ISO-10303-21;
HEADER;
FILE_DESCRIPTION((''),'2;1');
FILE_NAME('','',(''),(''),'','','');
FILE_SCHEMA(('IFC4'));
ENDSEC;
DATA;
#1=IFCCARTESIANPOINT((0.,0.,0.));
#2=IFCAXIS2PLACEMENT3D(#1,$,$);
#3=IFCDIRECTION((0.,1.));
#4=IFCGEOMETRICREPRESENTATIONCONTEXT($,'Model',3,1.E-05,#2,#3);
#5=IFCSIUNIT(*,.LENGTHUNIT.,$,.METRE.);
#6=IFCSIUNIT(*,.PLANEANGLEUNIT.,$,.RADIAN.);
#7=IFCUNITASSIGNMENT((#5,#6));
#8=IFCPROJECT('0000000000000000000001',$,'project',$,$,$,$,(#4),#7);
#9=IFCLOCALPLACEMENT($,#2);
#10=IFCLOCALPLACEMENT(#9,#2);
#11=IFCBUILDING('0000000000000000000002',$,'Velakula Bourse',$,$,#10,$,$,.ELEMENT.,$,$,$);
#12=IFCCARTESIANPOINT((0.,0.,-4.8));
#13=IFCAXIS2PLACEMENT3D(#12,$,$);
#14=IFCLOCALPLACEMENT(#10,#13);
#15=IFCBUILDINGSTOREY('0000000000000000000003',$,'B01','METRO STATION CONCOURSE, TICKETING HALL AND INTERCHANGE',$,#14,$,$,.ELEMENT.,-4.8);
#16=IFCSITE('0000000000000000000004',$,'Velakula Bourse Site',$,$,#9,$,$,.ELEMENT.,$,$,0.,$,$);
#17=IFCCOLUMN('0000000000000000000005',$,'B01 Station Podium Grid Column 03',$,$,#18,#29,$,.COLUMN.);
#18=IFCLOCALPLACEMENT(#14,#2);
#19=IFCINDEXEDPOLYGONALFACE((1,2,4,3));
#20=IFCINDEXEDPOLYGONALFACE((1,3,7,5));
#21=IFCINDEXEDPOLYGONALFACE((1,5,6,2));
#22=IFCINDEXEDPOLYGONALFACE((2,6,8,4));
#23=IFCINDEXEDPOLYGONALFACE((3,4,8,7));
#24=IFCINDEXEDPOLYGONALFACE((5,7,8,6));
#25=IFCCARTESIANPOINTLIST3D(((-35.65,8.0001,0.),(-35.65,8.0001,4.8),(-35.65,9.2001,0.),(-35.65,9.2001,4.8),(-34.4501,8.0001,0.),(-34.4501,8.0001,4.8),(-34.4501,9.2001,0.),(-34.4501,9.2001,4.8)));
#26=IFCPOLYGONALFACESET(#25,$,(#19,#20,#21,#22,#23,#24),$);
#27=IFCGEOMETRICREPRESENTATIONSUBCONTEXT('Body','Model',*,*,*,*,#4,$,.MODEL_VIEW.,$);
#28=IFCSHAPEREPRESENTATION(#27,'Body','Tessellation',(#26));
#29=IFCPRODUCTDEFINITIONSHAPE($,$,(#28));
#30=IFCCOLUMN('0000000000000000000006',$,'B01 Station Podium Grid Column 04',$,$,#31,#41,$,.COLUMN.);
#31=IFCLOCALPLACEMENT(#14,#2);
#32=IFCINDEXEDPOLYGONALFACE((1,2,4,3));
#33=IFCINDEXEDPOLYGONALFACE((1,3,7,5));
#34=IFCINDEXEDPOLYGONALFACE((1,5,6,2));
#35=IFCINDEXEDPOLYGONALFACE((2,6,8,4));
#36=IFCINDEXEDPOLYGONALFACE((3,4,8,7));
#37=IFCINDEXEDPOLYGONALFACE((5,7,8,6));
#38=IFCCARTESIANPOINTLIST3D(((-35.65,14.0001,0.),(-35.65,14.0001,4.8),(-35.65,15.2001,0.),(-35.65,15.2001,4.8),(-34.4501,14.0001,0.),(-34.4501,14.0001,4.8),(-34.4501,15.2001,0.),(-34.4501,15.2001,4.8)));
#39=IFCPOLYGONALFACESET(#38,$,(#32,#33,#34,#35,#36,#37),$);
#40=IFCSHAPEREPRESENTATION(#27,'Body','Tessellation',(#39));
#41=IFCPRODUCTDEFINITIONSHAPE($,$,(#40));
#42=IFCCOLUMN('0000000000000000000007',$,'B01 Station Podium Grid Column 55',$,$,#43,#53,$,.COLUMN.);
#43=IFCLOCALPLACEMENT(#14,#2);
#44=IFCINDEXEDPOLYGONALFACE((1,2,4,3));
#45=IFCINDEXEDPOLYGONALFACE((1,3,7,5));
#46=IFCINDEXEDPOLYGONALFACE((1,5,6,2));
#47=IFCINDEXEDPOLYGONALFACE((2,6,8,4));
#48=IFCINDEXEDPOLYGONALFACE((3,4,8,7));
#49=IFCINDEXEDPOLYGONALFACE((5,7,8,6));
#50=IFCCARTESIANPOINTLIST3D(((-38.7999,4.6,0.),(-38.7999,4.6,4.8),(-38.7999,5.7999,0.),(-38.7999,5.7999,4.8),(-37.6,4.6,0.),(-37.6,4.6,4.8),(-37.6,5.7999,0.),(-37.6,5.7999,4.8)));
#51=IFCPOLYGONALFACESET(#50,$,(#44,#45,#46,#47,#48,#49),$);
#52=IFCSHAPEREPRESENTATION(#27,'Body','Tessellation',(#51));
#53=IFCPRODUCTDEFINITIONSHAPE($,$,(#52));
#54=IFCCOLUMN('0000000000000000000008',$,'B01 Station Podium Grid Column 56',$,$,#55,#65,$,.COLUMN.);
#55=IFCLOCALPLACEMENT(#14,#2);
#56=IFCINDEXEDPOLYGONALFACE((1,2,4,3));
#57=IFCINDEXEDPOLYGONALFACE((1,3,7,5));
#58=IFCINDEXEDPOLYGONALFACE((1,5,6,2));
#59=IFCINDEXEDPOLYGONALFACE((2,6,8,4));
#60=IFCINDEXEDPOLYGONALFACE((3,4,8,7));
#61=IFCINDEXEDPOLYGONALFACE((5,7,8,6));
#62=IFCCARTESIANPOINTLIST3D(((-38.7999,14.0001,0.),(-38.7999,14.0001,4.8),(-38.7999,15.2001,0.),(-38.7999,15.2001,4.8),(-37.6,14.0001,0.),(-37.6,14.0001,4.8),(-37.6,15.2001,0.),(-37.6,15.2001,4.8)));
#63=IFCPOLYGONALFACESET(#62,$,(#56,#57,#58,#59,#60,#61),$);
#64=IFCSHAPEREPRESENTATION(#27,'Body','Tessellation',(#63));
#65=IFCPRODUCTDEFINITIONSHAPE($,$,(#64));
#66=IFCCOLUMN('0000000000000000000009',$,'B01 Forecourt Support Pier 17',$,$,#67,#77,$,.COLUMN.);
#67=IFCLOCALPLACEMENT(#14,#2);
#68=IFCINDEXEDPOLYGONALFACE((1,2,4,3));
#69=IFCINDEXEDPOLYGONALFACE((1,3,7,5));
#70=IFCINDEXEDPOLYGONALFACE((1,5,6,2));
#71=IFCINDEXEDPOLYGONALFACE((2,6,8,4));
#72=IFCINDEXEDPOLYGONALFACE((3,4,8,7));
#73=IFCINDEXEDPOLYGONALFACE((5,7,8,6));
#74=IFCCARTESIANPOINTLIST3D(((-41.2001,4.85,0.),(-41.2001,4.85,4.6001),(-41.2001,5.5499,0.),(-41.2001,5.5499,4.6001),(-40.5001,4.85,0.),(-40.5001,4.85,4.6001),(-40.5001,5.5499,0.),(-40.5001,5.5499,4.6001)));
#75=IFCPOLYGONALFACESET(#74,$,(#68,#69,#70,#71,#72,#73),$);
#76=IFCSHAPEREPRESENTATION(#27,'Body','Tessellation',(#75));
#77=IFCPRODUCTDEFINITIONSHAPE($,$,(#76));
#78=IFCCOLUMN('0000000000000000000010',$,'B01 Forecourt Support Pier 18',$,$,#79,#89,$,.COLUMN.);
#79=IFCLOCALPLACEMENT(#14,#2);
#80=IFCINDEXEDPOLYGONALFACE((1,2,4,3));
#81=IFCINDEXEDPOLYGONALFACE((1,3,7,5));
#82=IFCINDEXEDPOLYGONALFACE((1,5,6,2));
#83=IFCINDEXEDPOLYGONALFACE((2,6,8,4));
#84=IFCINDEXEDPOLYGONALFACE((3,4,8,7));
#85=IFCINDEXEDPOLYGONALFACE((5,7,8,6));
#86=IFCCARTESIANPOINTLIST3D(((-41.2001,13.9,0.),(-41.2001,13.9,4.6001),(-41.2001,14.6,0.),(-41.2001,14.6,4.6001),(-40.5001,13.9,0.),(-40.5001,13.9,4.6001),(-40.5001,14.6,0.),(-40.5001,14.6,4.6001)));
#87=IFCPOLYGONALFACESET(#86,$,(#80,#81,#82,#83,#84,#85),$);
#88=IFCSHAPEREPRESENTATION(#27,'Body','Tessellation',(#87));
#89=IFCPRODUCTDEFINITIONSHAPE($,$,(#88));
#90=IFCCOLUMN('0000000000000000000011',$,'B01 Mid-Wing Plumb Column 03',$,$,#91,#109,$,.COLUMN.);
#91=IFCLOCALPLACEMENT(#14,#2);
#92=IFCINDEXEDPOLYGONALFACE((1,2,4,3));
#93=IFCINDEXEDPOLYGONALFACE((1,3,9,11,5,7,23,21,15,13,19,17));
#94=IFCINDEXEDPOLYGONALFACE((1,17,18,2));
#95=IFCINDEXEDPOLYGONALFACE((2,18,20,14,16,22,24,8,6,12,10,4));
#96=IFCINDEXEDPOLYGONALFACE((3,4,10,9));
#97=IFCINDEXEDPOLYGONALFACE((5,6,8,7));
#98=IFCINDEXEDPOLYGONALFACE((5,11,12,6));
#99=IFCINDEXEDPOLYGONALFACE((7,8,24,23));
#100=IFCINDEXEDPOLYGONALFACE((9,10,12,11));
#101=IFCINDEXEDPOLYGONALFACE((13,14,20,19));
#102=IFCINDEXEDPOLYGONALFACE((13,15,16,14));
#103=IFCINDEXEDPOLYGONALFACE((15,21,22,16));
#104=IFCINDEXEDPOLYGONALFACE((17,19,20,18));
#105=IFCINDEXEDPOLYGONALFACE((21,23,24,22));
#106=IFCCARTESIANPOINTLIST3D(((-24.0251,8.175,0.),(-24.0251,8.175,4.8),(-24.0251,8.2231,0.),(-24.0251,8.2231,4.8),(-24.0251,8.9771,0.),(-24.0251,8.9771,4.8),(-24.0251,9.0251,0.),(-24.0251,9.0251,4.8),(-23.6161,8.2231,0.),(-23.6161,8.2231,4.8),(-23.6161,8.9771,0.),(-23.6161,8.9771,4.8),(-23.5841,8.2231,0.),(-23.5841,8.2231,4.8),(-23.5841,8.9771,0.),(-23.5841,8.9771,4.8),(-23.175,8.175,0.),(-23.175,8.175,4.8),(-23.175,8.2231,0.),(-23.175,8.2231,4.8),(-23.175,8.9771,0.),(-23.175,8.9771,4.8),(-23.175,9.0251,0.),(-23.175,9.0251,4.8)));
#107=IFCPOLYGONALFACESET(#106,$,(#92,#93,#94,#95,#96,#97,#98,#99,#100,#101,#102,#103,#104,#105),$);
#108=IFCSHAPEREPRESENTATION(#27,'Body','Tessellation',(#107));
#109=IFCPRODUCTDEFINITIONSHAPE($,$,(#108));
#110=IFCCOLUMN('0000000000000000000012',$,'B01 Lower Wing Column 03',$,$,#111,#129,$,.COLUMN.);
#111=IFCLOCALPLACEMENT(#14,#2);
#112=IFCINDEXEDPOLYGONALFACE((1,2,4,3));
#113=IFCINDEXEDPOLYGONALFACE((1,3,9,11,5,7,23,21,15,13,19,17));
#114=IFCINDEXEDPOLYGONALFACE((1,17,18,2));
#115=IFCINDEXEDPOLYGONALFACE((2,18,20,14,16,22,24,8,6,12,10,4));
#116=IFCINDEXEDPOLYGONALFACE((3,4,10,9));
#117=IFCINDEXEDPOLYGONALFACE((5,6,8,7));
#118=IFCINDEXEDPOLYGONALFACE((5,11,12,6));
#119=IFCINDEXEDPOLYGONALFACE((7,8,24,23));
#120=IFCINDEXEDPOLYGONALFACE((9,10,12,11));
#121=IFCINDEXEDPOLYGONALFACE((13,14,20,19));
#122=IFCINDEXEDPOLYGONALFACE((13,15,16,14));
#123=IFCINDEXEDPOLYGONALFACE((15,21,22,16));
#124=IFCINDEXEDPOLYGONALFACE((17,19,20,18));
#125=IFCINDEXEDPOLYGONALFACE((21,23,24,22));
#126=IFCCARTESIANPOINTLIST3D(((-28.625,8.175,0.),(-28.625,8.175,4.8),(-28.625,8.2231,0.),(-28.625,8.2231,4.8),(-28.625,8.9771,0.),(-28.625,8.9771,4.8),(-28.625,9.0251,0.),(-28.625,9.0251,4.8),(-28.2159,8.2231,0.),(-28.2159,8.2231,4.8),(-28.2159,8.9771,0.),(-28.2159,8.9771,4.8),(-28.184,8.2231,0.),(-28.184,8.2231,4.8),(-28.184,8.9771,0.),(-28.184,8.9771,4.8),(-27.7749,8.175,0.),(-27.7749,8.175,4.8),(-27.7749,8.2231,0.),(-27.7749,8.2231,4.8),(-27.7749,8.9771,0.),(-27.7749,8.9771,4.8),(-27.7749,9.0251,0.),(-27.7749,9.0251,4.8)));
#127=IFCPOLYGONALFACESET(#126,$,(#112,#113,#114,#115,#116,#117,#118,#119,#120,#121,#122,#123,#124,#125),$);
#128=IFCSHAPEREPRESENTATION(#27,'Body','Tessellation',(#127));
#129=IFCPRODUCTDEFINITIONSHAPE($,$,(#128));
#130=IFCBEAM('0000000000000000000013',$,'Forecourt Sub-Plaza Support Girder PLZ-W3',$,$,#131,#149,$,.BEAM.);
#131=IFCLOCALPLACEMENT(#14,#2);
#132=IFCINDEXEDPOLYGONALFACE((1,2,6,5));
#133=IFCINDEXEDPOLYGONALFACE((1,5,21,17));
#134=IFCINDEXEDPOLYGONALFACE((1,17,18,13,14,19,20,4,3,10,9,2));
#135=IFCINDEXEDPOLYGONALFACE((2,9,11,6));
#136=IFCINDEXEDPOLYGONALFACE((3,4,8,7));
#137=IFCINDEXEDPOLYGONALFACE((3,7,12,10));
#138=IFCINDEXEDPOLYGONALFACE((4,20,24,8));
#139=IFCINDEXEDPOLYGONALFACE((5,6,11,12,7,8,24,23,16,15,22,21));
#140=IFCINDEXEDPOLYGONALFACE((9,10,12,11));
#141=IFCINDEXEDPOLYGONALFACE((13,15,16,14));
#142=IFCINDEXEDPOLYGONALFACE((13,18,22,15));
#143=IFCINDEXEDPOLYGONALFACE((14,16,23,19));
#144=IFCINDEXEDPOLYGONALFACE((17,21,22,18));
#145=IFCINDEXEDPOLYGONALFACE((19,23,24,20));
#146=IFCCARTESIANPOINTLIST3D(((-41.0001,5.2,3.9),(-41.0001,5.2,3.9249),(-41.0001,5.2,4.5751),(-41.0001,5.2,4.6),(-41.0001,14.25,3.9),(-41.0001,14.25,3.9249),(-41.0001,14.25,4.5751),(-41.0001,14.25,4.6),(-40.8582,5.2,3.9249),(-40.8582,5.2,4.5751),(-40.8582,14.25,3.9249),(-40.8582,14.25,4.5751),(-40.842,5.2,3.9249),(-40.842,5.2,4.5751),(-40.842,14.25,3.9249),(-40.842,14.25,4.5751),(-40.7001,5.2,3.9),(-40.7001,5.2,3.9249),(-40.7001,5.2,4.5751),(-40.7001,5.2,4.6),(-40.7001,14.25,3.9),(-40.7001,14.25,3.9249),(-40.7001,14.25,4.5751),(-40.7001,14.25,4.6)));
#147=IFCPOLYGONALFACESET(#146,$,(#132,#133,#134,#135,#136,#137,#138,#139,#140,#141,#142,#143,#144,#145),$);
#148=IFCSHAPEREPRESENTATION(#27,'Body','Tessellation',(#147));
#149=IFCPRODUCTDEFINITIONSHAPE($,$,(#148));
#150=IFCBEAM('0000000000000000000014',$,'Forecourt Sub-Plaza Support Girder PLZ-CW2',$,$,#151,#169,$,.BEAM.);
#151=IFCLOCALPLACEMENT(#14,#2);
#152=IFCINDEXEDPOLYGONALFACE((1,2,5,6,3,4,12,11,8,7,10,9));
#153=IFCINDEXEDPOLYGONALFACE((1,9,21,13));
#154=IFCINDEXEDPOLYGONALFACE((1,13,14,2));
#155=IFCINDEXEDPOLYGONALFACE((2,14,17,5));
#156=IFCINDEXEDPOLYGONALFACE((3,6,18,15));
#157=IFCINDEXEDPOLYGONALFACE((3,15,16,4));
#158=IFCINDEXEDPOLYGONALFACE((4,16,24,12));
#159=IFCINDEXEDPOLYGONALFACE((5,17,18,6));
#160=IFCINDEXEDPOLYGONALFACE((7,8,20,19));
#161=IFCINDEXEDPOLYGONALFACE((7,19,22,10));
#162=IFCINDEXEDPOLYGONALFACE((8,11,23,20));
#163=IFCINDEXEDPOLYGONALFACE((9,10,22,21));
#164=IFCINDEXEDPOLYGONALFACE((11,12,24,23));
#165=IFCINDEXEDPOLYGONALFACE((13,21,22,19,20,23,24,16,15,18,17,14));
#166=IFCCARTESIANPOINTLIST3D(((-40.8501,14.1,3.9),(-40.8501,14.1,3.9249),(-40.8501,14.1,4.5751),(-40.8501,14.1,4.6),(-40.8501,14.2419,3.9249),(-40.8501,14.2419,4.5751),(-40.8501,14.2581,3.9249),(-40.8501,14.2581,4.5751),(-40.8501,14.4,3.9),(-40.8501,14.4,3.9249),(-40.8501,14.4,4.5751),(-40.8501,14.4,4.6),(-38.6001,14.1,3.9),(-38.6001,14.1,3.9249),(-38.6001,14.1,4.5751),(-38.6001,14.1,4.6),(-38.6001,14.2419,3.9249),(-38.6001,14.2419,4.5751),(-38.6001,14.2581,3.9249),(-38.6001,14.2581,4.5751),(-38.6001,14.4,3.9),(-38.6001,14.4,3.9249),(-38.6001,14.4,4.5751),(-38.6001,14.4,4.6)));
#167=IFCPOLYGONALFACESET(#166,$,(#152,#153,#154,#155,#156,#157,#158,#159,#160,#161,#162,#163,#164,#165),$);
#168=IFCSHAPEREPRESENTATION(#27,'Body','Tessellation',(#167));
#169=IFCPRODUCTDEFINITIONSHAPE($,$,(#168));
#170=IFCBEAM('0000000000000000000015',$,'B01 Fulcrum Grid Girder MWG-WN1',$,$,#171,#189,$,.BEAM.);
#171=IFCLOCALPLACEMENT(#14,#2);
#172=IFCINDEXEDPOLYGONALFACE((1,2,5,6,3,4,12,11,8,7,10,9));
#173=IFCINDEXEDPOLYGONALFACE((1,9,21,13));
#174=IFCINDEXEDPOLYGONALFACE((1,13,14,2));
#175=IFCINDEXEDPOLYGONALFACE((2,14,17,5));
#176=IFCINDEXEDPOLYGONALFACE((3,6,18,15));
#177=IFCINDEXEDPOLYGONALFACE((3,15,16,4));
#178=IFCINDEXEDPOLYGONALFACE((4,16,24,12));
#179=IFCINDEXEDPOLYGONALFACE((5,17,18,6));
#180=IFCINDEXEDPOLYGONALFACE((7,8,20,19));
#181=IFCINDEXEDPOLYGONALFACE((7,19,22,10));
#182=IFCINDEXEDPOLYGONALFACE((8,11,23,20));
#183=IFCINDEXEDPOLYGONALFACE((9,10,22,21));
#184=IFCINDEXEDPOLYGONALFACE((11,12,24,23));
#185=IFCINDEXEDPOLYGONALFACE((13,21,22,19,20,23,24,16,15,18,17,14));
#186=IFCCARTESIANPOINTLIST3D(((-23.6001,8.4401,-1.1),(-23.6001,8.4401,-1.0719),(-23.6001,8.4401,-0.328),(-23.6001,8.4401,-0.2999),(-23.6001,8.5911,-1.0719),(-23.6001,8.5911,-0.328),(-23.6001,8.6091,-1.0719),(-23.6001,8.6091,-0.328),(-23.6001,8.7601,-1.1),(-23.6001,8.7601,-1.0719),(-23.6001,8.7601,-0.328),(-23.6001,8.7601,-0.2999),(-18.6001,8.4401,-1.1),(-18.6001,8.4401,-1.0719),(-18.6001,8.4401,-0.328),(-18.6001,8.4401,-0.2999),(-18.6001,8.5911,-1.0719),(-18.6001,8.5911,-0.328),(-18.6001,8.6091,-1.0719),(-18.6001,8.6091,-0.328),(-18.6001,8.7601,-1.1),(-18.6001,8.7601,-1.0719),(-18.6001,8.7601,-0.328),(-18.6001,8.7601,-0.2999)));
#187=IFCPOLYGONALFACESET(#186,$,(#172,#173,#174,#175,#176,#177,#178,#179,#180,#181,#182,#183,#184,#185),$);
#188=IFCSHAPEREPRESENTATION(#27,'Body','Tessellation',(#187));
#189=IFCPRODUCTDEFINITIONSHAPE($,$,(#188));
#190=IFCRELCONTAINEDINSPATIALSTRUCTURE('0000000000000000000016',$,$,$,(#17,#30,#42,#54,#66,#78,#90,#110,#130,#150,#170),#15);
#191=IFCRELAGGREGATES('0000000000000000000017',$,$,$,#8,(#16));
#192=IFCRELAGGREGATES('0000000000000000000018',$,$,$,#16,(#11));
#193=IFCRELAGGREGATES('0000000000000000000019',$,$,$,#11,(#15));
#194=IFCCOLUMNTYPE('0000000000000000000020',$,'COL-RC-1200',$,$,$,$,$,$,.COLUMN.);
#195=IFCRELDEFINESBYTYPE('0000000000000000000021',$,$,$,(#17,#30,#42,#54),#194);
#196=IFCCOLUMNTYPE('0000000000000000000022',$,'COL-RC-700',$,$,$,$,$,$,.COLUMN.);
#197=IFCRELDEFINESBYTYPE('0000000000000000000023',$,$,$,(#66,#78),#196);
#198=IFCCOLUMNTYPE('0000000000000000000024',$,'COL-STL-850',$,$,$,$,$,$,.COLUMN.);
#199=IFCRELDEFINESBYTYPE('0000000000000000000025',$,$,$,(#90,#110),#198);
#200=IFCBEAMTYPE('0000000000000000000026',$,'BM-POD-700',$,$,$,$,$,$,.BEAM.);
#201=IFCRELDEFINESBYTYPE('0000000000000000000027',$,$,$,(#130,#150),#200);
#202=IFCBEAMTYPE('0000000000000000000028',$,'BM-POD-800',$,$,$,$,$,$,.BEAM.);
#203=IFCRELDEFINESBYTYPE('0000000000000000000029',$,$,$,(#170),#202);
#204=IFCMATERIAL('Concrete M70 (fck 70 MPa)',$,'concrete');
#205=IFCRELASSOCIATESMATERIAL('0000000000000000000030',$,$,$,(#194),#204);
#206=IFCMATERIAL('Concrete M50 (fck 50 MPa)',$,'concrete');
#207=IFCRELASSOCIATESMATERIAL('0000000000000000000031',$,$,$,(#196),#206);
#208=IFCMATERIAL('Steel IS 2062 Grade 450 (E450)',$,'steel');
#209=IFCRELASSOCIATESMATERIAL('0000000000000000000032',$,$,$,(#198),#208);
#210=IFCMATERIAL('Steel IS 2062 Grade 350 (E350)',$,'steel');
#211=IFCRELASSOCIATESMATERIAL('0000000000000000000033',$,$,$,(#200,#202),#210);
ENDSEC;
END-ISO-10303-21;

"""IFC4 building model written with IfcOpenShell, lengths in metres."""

from ifc_helpers import new_model, si_unit, direction, frame, origin, origin_2d, place, context, subcontext, project, spatial, rectangle, i_section, extrude, material, material_profile, profile_set, type_object, element, save


model = new_model("IFC4")

# Units and contexts
model_context = context("Model", 3, precision=1e-05, world=origin(), true_north=direction((0.0, 1.0)))
body_context = subcontext(model_context, "Body", "Model", "MODEL_VIEW")
ifc_project = project(units=[si_unit("LENGTHUNIT", "METRE"), si_unit("PLANEANGLEUNIT", "RADIAN")], contexts=[model_context])

# Site, building, storey
site_placement = place(None, origin())
site = spatial("IfcSite", under=ifc_project, at=site_placement, Name="Velakula Bourse Site", CompositionType="ELEMENT", RefElevation=0.0)
building_placement = place(site_placement, origin())
building = spatial("IfcBuilding", under=site, at=building_placement, Name="Velakula Bourse", CompositionType="ELEMENT")
storey_placement = place(building_placement, frame((0.0, 0.0, -4.8)))
storey = spatial("IfcBuildingStorey", under=building, at=storey_placement, Name="B01", Description="METRO STATION CONCOURSE, TICKETING HALL AND INTERCHANGE", CompositionType="ELEMENT", Elevation=-4.8)

# Columns
ifc_material_1 = material(Name="Concrete M70 (fck 70 MPa)", Category="concrete")
ifc_material_profile_1 = material_profile(ifc_material_1, rectangle(XDim=1.2, YDim=1.2, at=origin_2d()), Name="Concrete M70 (fck 70 MPa)")
ifc_profile_set_1 = profile_set([ifc_material_profile_1], Name="Concrete M70 (fck 70 MPa)")
column_type_1 = type_object("IfcColumnType", Name="COL-RC-1200", PredefinedType="COLUMN", material=ifc_profile_set_1)
for number, where, z_axis, x_axis, name in (
    (1, (-35.05, 8.6001, 0.0), (0.0, 0.0, 1.0), (1.0, 0.0, 0.0), "B01 Station Podium Grid Column 03"),
    (2, (-35.05, 14.6001, 0.0), (0.0, 0.0, 1.0), (1.0, 0.0, 0.0), "B01 Station Podium Grid Column 04"),
    (3, (-38.2, 5.2, 0.0), (0.0, 0.0, 1.0), (1.0, 0.0, 0.0), "B01 Station Podium Grid Column 55"),
    (4, (-38.2, 14.6001, 0.0), (0.0, 0.0, 1.0), (1.0, 0.0, 0.0), "B01 Station Podium Grid Column 56"),
):
    element("IfcColumn", number, at=place(storey_placement, frame(where, z_axis=z_axis, x_axis=x_axis)), inside=storey, type_object=column_type_1, Name=name, PredefinedType="COLUMN", context=body_context, shape_type="SweptSolid", body=[
        extrude(rectangle(XDim=1.2, YDim=1.2, at=origin_2d()), origin(), (0.0, 0.0, 1.0), 4.8),
    ])
ifc_material_2 = material(Name="Concrete M50 (fck 50 MPa)", Category="concrete")
ifc_material_profile_2 = material_profile(ifc_material_2, rectangle(XDim=0.7, YDim=0.7, at=origin_2d()), Name="Concrete M50 (fck 50 MPa)")
ifc_profile_set_2 = profile_set([ifc_material_profile_2], Name="Concrete M50 (fck 50 MPa)")
column_type_2 = type_object("IfcColumnType", Name="COL-RC-700", PredefinedType="COLUMN", material=ifc_profile_set_2)
for number, where, z_axis, x_axis, name in (
    (5, (-40.8501, 5.2, 0.0), (0.0, 0.0, 1.0), (1.0, 0.0, 0.0), "B01 Forecourt Support Pier 17"),
    (6, (-40.8501, 14.25, 0.0), (0.0, 0.0, 1.0), (1.0, 0.0, 0.0), "B01 Forecourt Support Pier 18"),
):
    element("IfcColumn", number, at=place(storey_placement, frame(where, z_axis=z_axis, x_axis=x_axis)), inside=storey, type_object=column_type_2, Name=name, PredefinedType="COLUMN", context=body_context, shape_type="SweptSolid", body=[
        extrude(rectangle(XDim=0.7, YDim=0.7, at=origin_2d()), origin(), (0.0, 0.0, 1.0), 4.6001),
    ])
ifc_material_3 = material(Name="Steel IS 2062 Grade 450 (E450)", Category="steel")
ifc_material_profile_3 = material_profile(ifc_material_3, i_section(OverallWidth=0.8501, OverallDepth=0.8501, WebThickness=0.032, FlangeThickness=0.0481, at=origin_2d()), Name="Steel IS 2062 Grade 450 (E450)")
ifc_profile_set_3 = profile_set([ifc_material_profile_3], Name="Steel IS 2062 Grade 450 (E450)")
column_type_3 = type_object("IfcColumnType", Name="COL-STL-850", PredefinedType="COLUMN", material=ifc_profile_set_3)
for number, where, z_axis, x_axis, name in (
    (7, (-23.6001, 8.6001, 0.0), (0.0, 0.0, 1.0), (1.0, 0.0, 0.0), "B01 Mid-Wing Plumb Column 03"),
    (8, (-28.2, 8.6001, 0.0), (0.0, 0.0, 1.0), (1.0, 0.0, 0.0), "B01 Lower Wing Column 03"),
):
    element("IfcColumn", number, at=place(storey_placement, frame(where, z_axis=z_axis, x_axis=x_axis)), inside=storey, type_object=column_type_3, Name=name, PredefinedType="COLUMN", context=body_context, shape_type="SweptSolid", body=[
        extrude(i_section(OverallWidth=0.8501, OverallDepth=0.8501, WebThickness=0.032, FlangeThickness=0.0481, at=origin_2d()), origin(), (0.0, 0.0, 1.0), 4.8),
    ])

# Beams
ifc_material_4 = material(Name="Steel IS 2062 Grade 350 (E350)", Category="steel")
ifc_material_profile_4 = material_profile(ifc_material_4, i_section(OverallWidth=0.3, OverallDepth=0.7, WebThickness=0.0161, FlangeThickness=0.0249, at=origin_2d()), Name="Steel IS 2062 Grade 350 (E350)")
ifc_profile_set_4 = profile_set([ifc_material_profile_4], Name="Steel IS 2062 Grade 350 (E350)")
beam_type_1 = type_object("IfcBeamType", Name="BM-POD-700", PredefinedType="BEAM", material=ifc_profile_set_4)
beam_1_placement = place(storey_placement, frame((-40.8501, 5.2, 4.25), z_axis=(0.0, 1.0, 0.0), x_axis=(-1.0, 0.0, 0.0)))
element("IfcBeam", 9, at=beam_1_placement, inside=storey, type_object=beam_type_1, Name="Forecourt Sub-Plaza Support Girder PLZ-W3", PredefinedType="BEAM", context=body_context, shape_type="SweptSolid", body=[
    extrude(i_section(OverallWidth=0.3, OverallDepth=0.7, WebThickness=0.0161, FlangeThickness=0.0249, at=origin_2d()), origin(), (0.0, 0.0, 1.0), 9.05),
])
beam_2_placement = place(storey_placement, frame((-40.8501, 14.25, 4.25), z_axis=(1.0, 0.0, 0.0), x_axis=(0.0, 1.0, 0.0)))
element("IfcBeam", 10, at=beam_2_placement, inside=storey, type_object=beam_type_1, Name="Forecourt Sub-Plaza Support Girder PLZ-CW2", PredefinedType="BEAM", context=body_context, shape_type="SweptSolid", body=[
    extrude(i_section(OverallWidth=0.3, OverallDepth=0.7, WebThickness=0.0161, FlangeThickness=0.0249, at=origin_2d()), origin(), (0.0, 0.0, 1.0), 2.25),
])
ifc_material_profile_5 = material_profile(ifc_material_4, i_section(OverallWidth=0.3201, OverallDepth=0.8, WebThickness=0.0181, FlangeThickness=0.0281, at=origin_2d()), Name="Steel IS 2062 Grade 350 (E350)")
ifc_profile_set_5 = profile_set([ifc_material_profile_5], Name="Steel IS 2062 Grade 350 (E350)")
beam_type_2 = type_object("IfcBeamType", Name="BM-POD-800", PredefinedType="BEAM", material=ifc_profile_set_5)
beam_3_placement = place(storey_placement, frame((-23.6001, 8.6001, -0.7), z_axis=(1.0, 0.0, 0.0), x_axis=(0.0, 1.0, 0.0)))
element("IfcBeam", 11, at=beam_3_placement, inside=storey, type_object=beam_type_2, Name="B01 Fulcrum Grid Girder MWG-WN1", PredefinedType="BEAM", context=body_context, shape_type="SweptSolid", body=[
    extrude(i_section(OverallWidth=0.3201, OverallDepth=0.8, WebThickness=0.0181, FlangeThickness=0.0281, at=origin_2d()), origin(), (0.0, 0.0, 1.0), 5.0),
])

save(model, "model.ifc")
